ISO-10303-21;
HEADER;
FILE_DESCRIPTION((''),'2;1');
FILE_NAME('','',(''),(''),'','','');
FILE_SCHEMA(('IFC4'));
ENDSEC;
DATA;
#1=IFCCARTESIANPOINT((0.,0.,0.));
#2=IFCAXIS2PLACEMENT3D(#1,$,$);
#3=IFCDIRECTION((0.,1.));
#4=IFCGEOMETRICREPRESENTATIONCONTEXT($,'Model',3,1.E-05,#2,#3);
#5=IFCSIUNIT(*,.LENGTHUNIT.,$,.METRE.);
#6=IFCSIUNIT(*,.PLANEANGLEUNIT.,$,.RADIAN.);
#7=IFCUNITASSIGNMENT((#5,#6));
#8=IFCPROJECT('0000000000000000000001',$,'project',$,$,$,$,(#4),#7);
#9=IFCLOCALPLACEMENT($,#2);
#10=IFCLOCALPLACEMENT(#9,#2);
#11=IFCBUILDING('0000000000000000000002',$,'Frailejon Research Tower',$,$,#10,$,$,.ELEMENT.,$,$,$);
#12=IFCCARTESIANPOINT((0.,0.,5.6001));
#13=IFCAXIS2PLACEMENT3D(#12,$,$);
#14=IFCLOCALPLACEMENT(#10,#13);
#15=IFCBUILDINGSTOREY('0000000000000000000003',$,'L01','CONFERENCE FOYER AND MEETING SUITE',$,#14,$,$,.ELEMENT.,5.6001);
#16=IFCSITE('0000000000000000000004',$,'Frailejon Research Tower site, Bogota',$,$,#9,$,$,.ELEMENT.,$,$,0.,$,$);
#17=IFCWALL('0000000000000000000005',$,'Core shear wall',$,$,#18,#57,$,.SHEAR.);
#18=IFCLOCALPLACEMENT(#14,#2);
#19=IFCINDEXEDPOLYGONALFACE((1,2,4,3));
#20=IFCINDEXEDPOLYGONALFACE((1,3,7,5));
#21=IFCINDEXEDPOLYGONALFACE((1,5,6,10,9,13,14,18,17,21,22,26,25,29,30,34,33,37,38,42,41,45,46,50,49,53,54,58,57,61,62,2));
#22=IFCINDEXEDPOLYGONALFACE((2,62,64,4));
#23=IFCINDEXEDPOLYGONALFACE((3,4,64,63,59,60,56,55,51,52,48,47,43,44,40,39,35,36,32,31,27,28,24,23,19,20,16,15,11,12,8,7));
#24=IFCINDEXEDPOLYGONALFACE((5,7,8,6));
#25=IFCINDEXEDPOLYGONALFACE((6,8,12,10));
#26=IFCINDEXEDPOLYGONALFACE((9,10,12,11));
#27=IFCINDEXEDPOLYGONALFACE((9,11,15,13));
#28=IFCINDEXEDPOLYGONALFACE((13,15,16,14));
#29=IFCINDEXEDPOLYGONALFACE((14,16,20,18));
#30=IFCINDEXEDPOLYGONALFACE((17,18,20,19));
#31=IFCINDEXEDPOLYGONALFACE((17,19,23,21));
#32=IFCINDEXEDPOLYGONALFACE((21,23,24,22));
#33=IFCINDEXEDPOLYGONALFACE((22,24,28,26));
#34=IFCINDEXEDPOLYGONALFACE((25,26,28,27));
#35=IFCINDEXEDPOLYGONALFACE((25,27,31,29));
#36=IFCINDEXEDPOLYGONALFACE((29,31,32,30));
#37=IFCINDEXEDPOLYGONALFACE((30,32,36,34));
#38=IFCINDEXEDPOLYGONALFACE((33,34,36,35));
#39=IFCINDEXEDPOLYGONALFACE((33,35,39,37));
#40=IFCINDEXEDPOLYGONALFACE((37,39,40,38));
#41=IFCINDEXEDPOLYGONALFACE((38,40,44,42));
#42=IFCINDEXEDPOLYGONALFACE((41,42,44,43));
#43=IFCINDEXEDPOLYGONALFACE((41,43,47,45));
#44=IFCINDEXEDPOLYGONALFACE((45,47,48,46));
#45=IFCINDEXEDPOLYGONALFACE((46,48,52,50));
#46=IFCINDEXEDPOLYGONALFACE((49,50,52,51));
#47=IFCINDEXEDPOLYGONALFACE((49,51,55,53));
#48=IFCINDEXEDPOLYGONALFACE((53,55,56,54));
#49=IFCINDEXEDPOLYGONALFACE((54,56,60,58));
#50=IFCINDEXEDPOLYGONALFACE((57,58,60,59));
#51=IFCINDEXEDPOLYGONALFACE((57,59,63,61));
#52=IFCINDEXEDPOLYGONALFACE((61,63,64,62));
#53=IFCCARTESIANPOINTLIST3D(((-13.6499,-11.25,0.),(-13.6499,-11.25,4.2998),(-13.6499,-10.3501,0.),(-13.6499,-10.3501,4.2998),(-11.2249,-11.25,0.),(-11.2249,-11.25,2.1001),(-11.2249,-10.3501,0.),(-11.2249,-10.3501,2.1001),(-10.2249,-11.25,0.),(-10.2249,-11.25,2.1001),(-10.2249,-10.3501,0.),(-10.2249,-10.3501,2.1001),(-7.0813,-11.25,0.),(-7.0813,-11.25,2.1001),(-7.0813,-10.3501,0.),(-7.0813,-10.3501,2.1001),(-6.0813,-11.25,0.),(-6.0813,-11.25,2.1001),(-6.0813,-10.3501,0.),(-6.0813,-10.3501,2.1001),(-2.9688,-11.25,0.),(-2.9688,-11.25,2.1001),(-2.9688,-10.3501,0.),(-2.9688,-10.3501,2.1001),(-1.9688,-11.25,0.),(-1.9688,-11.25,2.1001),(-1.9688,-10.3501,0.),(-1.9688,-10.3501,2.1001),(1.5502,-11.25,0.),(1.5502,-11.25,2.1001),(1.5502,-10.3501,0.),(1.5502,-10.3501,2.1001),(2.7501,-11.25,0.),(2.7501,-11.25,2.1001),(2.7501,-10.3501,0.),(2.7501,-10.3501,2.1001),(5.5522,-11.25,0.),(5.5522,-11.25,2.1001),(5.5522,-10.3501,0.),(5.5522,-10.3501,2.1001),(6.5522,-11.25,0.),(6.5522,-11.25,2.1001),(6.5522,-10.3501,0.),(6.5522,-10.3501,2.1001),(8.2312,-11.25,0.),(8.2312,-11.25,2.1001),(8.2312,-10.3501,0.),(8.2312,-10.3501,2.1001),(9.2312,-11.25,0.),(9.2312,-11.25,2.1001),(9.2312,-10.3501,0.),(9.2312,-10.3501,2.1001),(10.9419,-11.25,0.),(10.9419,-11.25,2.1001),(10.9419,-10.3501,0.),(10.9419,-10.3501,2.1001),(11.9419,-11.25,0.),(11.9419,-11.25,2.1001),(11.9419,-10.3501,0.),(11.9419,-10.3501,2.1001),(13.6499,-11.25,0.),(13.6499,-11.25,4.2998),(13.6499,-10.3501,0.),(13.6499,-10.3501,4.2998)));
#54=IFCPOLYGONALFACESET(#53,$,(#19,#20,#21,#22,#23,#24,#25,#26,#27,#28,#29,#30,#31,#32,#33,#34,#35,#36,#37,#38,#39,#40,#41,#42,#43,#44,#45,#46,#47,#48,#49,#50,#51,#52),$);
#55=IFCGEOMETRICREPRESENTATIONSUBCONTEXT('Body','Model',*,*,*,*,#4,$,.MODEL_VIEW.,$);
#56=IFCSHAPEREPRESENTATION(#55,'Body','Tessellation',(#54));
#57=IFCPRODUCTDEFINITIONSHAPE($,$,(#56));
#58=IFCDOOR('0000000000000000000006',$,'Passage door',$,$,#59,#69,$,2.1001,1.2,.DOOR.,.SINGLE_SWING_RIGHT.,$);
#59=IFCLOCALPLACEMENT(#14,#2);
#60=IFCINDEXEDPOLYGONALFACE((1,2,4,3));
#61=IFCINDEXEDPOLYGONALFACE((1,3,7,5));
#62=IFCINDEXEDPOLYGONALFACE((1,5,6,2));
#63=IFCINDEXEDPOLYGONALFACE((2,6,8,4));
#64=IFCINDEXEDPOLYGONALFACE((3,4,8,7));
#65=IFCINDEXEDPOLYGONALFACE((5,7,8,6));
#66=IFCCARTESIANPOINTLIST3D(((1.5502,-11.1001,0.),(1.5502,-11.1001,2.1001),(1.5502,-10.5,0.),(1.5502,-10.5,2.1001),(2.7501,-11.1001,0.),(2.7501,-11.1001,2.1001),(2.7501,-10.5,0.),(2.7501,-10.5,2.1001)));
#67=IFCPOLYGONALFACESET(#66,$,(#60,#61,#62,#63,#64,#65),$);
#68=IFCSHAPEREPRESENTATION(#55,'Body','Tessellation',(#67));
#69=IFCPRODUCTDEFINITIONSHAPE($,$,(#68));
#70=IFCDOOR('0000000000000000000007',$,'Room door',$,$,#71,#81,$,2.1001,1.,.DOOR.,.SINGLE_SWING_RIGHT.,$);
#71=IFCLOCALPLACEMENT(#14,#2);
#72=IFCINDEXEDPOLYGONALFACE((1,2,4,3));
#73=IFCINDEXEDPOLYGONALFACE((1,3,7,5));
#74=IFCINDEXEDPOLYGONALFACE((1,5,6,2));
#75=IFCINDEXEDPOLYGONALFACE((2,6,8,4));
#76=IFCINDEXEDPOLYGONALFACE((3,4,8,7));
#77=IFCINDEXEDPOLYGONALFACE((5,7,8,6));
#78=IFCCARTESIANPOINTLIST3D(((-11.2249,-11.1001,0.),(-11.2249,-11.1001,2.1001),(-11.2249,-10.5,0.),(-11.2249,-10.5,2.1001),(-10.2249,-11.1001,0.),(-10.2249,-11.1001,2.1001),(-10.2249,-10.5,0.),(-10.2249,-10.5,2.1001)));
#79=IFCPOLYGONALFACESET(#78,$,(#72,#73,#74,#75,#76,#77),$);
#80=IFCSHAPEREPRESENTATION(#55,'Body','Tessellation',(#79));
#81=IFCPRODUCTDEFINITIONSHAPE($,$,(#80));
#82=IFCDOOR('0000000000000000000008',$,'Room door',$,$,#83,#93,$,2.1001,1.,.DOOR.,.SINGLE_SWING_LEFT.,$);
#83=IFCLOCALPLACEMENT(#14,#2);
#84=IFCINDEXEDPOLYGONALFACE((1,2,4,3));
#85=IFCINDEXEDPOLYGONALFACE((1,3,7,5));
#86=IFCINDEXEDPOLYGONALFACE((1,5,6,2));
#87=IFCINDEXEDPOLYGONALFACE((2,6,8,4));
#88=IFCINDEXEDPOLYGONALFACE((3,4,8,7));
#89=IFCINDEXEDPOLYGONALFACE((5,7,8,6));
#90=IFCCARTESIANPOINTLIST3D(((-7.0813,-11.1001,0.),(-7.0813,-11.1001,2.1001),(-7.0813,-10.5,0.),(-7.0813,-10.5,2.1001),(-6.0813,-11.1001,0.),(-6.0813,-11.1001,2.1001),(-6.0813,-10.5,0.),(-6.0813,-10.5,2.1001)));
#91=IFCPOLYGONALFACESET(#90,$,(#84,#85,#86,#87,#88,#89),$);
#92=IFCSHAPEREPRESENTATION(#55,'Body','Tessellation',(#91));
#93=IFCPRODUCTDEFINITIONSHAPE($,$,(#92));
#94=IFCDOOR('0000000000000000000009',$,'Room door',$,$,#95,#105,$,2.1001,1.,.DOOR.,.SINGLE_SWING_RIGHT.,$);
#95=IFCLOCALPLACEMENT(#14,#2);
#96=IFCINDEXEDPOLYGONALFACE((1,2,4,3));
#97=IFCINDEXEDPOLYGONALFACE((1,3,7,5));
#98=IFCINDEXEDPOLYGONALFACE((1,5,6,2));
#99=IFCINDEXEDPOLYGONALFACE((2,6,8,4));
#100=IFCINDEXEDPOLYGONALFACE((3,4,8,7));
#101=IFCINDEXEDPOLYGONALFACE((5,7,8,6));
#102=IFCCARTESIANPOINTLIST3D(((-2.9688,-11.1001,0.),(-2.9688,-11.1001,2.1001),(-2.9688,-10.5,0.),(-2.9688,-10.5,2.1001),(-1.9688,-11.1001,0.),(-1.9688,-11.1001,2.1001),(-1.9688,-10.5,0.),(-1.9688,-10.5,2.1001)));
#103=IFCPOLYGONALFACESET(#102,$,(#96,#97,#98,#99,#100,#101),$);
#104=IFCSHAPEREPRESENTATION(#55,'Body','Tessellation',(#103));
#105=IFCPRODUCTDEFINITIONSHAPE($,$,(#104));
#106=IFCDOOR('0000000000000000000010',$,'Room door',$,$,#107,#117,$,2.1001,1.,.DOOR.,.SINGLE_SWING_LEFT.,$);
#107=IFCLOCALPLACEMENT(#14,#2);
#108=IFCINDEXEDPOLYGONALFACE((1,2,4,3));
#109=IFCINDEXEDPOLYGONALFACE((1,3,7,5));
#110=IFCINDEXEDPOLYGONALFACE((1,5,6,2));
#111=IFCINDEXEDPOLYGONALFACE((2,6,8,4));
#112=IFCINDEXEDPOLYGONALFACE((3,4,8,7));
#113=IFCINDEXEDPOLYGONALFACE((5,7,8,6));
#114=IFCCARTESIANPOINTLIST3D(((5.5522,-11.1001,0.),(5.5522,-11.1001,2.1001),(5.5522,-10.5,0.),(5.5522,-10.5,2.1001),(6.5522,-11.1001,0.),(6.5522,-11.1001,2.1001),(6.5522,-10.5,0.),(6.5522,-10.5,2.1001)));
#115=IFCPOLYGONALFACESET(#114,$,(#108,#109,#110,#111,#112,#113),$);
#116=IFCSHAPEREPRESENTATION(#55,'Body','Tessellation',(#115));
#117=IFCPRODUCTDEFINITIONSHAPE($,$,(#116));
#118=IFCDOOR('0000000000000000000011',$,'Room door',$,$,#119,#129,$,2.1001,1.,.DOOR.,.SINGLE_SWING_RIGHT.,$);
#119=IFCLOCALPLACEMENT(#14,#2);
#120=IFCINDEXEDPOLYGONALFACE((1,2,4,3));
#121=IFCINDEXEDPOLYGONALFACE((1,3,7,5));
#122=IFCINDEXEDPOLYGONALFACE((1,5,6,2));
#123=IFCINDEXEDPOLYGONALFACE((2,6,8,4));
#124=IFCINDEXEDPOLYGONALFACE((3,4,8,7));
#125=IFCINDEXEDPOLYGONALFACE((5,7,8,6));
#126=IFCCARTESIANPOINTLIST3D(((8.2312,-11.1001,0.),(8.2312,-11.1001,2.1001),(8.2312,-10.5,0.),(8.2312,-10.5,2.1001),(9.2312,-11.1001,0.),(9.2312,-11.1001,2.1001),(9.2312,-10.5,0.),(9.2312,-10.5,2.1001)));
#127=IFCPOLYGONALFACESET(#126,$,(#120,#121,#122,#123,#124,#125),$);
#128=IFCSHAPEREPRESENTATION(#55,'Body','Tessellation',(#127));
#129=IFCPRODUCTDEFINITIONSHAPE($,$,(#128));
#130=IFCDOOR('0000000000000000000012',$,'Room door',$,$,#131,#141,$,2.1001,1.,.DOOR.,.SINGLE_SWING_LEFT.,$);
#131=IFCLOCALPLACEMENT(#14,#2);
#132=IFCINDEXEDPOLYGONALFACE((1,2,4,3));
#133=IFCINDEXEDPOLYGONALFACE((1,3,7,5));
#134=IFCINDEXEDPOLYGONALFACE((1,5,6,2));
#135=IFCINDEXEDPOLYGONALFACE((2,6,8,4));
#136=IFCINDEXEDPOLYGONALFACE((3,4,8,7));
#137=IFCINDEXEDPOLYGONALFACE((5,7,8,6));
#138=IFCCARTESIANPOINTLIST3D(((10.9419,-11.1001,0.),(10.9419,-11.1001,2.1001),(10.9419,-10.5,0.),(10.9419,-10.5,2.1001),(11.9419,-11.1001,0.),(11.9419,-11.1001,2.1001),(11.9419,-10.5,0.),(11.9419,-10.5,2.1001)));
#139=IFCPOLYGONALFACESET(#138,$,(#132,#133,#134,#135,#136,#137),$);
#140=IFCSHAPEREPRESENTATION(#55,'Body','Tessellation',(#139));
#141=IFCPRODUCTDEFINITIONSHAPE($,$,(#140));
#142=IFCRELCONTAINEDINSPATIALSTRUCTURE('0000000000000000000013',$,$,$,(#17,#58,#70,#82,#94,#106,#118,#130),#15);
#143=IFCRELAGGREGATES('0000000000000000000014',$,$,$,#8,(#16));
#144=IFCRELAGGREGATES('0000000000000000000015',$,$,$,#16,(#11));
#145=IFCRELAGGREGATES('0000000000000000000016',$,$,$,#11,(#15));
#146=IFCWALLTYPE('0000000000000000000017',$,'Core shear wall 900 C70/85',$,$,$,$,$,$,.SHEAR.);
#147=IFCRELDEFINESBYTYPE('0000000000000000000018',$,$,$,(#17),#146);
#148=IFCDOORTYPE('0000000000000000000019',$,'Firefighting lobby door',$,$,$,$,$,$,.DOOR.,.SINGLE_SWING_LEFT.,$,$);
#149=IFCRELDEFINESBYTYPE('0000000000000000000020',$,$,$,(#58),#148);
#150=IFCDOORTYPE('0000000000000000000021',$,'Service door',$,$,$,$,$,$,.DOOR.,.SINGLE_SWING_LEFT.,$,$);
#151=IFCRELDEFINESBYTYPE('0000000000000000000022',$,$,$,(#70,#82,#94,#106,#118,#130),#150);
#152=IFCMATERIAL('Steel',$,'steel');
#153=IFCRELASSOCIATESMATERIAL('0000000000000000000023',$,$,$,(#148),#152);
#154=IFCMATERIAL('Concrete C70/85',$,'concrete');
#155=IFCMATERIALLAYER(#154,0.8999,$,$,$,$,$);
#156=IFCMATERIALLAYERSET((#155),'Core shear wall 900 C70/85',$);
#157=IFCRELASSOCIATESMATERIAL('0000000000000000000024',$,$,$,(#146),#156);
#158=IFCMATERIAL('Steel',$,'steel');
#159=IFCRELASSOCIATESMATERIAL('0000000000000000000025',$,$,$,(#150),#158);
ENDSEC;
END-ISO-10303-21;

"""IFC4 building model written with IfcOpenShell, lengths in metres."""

from ifc_helpers import new_model, si_unit, direction, frame, frame_2d, origin, place, context, subcontext, project, spatial, rectangle, extrude, material, layer, layer_set, type_object, element, fill, save


model = new_model("IFC4")

# Units and contexts
model_context = context("Model", 3, precision=1e-05, world=origin(), true_north=direction((0.0, 1.0)))
body_context = subcontext(model_context, "Body", "Model", "MODEL_VIEW")
ifc_project = project(units=[si_unit("LENGTHUNIT", "METRE"), si_unit("PLANEANGLEUNIT", "RADIAN")], contexts=[model_context])

# Site, building, storey
site_placement = place(None, origin())
site = spatial("IfcSite", under=ifc_project, at=site_placement, Name="Frailejon Research Tower site, Bogota", CompositionType="ELEMENT", RefElevation=0.0)
building_placement = place(site_placement, origin())
building = spatial("IfcBuilding", under=site, at=building_placement, Name="Frailejon Research Tower", CompositionType="ELEMENT")
storey_placement = place(building_placement, frame((0.0, 0.0, 5.6001)))
storey = spatial("IfcBuildingStorey", under=building, at=storey_placement, Name="L01", Description="CONFERENCE FOYER AND MEETING SUITE", CompositionType="ELEMENT", Elevation=5.6001)

# Shared definitions
ifc_material_1 = material(Name="Steel", Category="steel")
door_type_1 = type_object("IfcDoorType", Name="Firefighting lobby door", OperationType="SINGLE_SWING_LEFT", PredefinedType="DOOR", material=ifc_material_1)

# Wall, openings, doors
ifc_material_2 = material(Name="Concrete C70/85", Category="concrete")
ifc_layer_1 = layer(ifc_material_2, 0.8999)
ifc_layer_set_1 = layer_set([ifc_layer_1], Name="Core shear wall 900 C70/85")
wall_type_1 = type_object("IfcWallType", Name="Core shear wall 900 C70/85", PredefinedType="SHEAR", material=ifc_layer_set_1)
wall_1_placement = place(storey_placement, frame((-13.6499, -10.8, 0.0), z_axis=(0.0, 0.0, 1.0), x_axis=(1.0, 0.0, 0.0)))
wall_1 = element("IfcWall", 1, at=wall_1_placement, inside=storey, type_object=wall_type_1, Name="Core shear wall", PredefinedType="SHEAR", context=body_context, shape_type="SweptSolid", body=[
    extrude(rectangle(XDim=27.2998, YDim=0.8999, at=frame_2d((13.6499, 0.0))), origin(), (0.0, 0.0, 1.0), 4.2998),
])
opening_1_placement = place(wall_1_placement, frame((2.425, 0.0, 0.0)))
opening_1 = element("IfcOpeningElement", 2, at=opening_1_placement, cuts=wall_1, PredefinedType="OPENING", context=body_context, shape_type="SweptSolid", body=[
    extrude(rectangle(XDim=1.0, YDim=2.1001, at=frame_2d((0.5, 1.05))), frame((0.0, 0.46, 0.0), z_axis=(0.0, -1.0, 0.0), x_axis=(1.0, 0.0, 0.0)), (0.0, 0.0, 1.0), 0.9199),
])
opening_2_placement = place(wall_1_placement, frame((6.5686, 0.0, 0.0)))
opening_2 = element("IfcOpeningElement", 3, at=opening_2_placement, cuts=wall_1, PredefinedType="OPENING", context=body_context, shape_type="SweptSolid", body=[
    extrude(rectangle(XDim=1.0, YDim=2.1001, at=frame_2d((0.5, 1.05))), frame((0.0, 0.46, 0.0), z_axis=(0.0, -1.0, 0.0), x_axis=(1.0, 0.0, 0.0)), (0.0, 0.0, 1.0), 0.9199),
])
opening_3_placement = place(wall_1_placement, frame((10.6812, 0.0, 0.0)))
opening_3 = element("IfcOpeningElement", 4, at=opening_3_placement, cuts=wall_1, PredefinedType="OPENING", context=body_context, shape_type="SweptSolid", body=[
    extrude(rectangle(XDim=1.0, YDim=2.1001, at=frame_2d((0.5, 1.05))), frame((0.0, 0.46, 0.0), z_axis=(0.0, -1.0, 0.0), x_axis=(1.0, 0.0, 0.0)), (0.0, 0.0, 1.0), 0.9199),
])
opening_4_placement = place(wall_1_placement, frame((19.2021, 0.0, 0.0)))
opening_4 = element("IfcOpeningElement", 5, at=opening_4_placement, cuts=wall_1, PredefinedType="OPENING", context=body_context, shape_type="SweptSolid", body=[
    extrude(rectangle(XDim=1.0, YDim=2.1001, at=frame_2d((0.5, 1.05))), frame((0.0, 0.46, 0.0), z_axis=(0.0, -1.0, 0.0), x_axis=(1.0, 0.0, 0.0)), (0.0, 0.0, 1.0), 0.9199),
])
opening_5_placement = place(wall_1_placement, frame((21.8811, 0.0, 0.0)))
opening_5 = element("IfcOpeningElement", 6, at=opening_5_placement, cuts=wall_1, PredefinedType="OPENING", context=body_context, shape_type="SweptSolid", body=[
    extrude(rectangle(XDim=1.0, YDim=2.1001, at=frame_2d((0.5, 1.05))), frame((0.0, 0.46, 0.0), z_axis=(0.0, -1.0, 0.0), x_axis=(1.0, 0.0, 0.0)), (0.0, 0.0, 1.0), 0.9199),
])
opening_6_placement = place(wall_1_placement, frame((24.5918, 0.0, 0.0)))
opening_6 = element("IfcOpeningElement", 7, at=opening_6_placement, cuts=wall_1, PredefinedType="OPENING", context=body_context, shape_type="SweptSolid", body=[
    extrude(rectangle(XDim=1.0, YDim=2.1001, at=frame_2d((0.5, 1.05))), frame((0.0, 0.46, 0.0), z_axis=(0.0, -1.0, 0.0), x_axis=(1.0, 0.0, 0.0)), (0.0, 0.0, 1.0), 0.9199),
])
opening_7_placement = place(wall_1_placement, frame((15.2, 0.0, 0.0)))
opening_7 = element("IfcOpeningElement", 8, at=opening_7_placement, cuts=wall_1, PredefinedType="OPENING", context=body_context, shape_type="SweptSolid", body=[
    extrude(rectangle(XDim=1.2, YDim=2.1001, at=frame_2d((0.6001, 1.05))), frame((0.0, 0.46, 0.0), z_axis=(0.0, -1.0, 0.0), x_axis=(1.0, 0.0, 0.0)), (0.0, 0.0, 1.0), 0.9199),
])
door_1_placement = place(opening_7_placement, origin())
door_1 = element("IfcDoor", 9, at=door_1_placement, inside=storey, type_object=door_type_1, Name="Passage door", OperationType="SINGLE_SWING_RIGHT", OverallHeight=2.1001, OverallWidth=1.2, PredefinedType="DOOR", context=body_context, shape_type="SweptSolid", body=[
    extrude(rectangle(XDim=1.2, YDim=2.1001, at=frame_2d((0.6001, 1.05))), frame((0.0, 0.3, 0.0), z_axis=(0.0, -1.0, 0.0), x_axis=(1.0, 0.0, 0.0)), (0.0, 0.0, 1.0), 0.6001),
])
fill(opening_7, door_1)
ifc_material_3 = material(Name="Steel", Category="steel")
door_type_2 = type_object("IfcDoorType", Name="Service door", OperationType="SINGLE_SWING_LEFT", PredefinedType="DOOR", material=ifc_material_3)
door_2_placement = place(opening_1_placement, origin())
door_2 = element("IfcDoor", 10, at=door_2_placement, inside=storey, type_object=door_type_2, Name="Room door", OperationType="SINGLE_SWING_RIGHT", OverallHeight=2.1001, OverallWidth=1.0, PredefinedType="DOOR", context=body_context, shape_type="SweptSolid", body=[
    extrude(rectangle(XDim=1.0, YDim=2.1001, at=frame_2d((0.5, 1.05))), frame((0.0, 0.3, 0.0), z_axis=(0.0, -1.0, 0.0), x_axis=(1.0, 0.0, 0.0)), (0.0, 0.0, 1.0), 0.6001),
])
fill(opening_1, door_2)
door_3_placement = place(opening_2_placement, origin())
door_3 = element("IfcDoor", 11, at=door_3_placement, inside=storey, type_object=door_type_2, Name="Room door", OperationType="SINGLE_SWING_LEFT", OverallHeight=2.1001, OverallWidth=1.0, PredefinedType="DOOR", context=body_context, shape_type="SweptSolid", body=[
    extrude(rectangle(XDim=1.0, YDim=2.1001, at=frame_2d((0.5, 1.05))), frame((0.0, 0.3, 0.0), z_axis=(0.0, -1.0, 0.0), x_axis=(1.0, 0.0, 0.0)), (0.0, 0.0, 1.0), 0.6001),
])
fill(opening_2, door_3)
door_4_placement = place(opening_3_placement, origin())
door_4 = element("IfcDoor", 12, at=door_4_placement, inside=storey, type_object=door_type_2, Name="Room door", OperationType="SINGLE_SWING_RIGHT", OverallHeight=2.1001, OverallWidth=1.0, PredefinedType="DOOR", context=body_context, shape_type="SweptSolid", body=[
    extrude(rectangle(XDim=1.0, YDim=2.1001, at=frame_2d((0.5, 1.05))), frame((0.0, 0.3, 0.0), z_axis=(0.0, -1.0, 0.0), x_axis=(1.0, 0.0, 0.0)), (0.0, 0.0, 1.0), 0.6001),
])
fill(opening_3, door_4)
door_5_placement = place(opening_4_placement, origin())
door_5 = element("IfcDoor", 13, at=door_5_placement, inside=storey, type_object=door_type_2, Name="Room door", OperationType="SINGLE_SWING_LEFT", OverallHeight=2.1001, OverallWidth=1.0, PredefinedType="DOOR", context=body_context, shape_type="SweptSolid", body=[
    extrude(rectangle(XDim=1.0, YDim=2.1001, at=frame_2d((0.5, 1.05))), frame((0.0, 0.3, 0.0), z_axis=(0.0, -1.0, 0.0), x_axis=(1.0, 0.0, 0.0)), (0.0, 0.0, 1.0), 0.6001),
])
fill(opening_4, door_5)
door_6_placement = place(opening_5_placement, origin())
door_6 = element("IfcDoor", 14, at=door_6_placement, inside=storey, type_object=door_type_2, Name="Room door", OperationType="SINGLE_SWING_RIGHT", OverallHeight=2.1001, OverallWidth=1.0, PredefinedType="DOOR", context=body_context, shape_type="SweptSolid", body=[
    extrude(rectangle(XDim=1.0, YDim=2.1001, at=frame_2d((0.5, 1.05))), frame((0.0, 0.3, 0.0), z_axis=(0.0, -1.0, 0.0), x_axis=(1.0, 0.0, 0.0)), (0.0, 0.0, 1.0), 0.6001),
])
fill(opening_5, door_6)
door_7_placement = place(opening_6_placement, origin())
door_7 = element("IfcDoor", 15, at=door_7_placement, inside=storey, type_object=door_type_2, Name="Room door", OperationType="SINGLE_SWING_LEFT", OverallHeight=2.1001, OverallWidth=1.0, PredefinedType="DOOR", context=body_context, shape_type="SweptSolid", body=[
    extrude(rectangle(XDim=1.0, YDim=2.1001, at=frame_2d((0.5, 1.05))), frame((0.0, 0.3, 0.0), z_axis=(0.0, -1.0, 0.0), x_axis=(1.0, 0.0, 0.0)), (0.0, 0.0, 1.0), 0.6001),
])
fill(opening_6, door_7)

save(model, "model.ifc")
